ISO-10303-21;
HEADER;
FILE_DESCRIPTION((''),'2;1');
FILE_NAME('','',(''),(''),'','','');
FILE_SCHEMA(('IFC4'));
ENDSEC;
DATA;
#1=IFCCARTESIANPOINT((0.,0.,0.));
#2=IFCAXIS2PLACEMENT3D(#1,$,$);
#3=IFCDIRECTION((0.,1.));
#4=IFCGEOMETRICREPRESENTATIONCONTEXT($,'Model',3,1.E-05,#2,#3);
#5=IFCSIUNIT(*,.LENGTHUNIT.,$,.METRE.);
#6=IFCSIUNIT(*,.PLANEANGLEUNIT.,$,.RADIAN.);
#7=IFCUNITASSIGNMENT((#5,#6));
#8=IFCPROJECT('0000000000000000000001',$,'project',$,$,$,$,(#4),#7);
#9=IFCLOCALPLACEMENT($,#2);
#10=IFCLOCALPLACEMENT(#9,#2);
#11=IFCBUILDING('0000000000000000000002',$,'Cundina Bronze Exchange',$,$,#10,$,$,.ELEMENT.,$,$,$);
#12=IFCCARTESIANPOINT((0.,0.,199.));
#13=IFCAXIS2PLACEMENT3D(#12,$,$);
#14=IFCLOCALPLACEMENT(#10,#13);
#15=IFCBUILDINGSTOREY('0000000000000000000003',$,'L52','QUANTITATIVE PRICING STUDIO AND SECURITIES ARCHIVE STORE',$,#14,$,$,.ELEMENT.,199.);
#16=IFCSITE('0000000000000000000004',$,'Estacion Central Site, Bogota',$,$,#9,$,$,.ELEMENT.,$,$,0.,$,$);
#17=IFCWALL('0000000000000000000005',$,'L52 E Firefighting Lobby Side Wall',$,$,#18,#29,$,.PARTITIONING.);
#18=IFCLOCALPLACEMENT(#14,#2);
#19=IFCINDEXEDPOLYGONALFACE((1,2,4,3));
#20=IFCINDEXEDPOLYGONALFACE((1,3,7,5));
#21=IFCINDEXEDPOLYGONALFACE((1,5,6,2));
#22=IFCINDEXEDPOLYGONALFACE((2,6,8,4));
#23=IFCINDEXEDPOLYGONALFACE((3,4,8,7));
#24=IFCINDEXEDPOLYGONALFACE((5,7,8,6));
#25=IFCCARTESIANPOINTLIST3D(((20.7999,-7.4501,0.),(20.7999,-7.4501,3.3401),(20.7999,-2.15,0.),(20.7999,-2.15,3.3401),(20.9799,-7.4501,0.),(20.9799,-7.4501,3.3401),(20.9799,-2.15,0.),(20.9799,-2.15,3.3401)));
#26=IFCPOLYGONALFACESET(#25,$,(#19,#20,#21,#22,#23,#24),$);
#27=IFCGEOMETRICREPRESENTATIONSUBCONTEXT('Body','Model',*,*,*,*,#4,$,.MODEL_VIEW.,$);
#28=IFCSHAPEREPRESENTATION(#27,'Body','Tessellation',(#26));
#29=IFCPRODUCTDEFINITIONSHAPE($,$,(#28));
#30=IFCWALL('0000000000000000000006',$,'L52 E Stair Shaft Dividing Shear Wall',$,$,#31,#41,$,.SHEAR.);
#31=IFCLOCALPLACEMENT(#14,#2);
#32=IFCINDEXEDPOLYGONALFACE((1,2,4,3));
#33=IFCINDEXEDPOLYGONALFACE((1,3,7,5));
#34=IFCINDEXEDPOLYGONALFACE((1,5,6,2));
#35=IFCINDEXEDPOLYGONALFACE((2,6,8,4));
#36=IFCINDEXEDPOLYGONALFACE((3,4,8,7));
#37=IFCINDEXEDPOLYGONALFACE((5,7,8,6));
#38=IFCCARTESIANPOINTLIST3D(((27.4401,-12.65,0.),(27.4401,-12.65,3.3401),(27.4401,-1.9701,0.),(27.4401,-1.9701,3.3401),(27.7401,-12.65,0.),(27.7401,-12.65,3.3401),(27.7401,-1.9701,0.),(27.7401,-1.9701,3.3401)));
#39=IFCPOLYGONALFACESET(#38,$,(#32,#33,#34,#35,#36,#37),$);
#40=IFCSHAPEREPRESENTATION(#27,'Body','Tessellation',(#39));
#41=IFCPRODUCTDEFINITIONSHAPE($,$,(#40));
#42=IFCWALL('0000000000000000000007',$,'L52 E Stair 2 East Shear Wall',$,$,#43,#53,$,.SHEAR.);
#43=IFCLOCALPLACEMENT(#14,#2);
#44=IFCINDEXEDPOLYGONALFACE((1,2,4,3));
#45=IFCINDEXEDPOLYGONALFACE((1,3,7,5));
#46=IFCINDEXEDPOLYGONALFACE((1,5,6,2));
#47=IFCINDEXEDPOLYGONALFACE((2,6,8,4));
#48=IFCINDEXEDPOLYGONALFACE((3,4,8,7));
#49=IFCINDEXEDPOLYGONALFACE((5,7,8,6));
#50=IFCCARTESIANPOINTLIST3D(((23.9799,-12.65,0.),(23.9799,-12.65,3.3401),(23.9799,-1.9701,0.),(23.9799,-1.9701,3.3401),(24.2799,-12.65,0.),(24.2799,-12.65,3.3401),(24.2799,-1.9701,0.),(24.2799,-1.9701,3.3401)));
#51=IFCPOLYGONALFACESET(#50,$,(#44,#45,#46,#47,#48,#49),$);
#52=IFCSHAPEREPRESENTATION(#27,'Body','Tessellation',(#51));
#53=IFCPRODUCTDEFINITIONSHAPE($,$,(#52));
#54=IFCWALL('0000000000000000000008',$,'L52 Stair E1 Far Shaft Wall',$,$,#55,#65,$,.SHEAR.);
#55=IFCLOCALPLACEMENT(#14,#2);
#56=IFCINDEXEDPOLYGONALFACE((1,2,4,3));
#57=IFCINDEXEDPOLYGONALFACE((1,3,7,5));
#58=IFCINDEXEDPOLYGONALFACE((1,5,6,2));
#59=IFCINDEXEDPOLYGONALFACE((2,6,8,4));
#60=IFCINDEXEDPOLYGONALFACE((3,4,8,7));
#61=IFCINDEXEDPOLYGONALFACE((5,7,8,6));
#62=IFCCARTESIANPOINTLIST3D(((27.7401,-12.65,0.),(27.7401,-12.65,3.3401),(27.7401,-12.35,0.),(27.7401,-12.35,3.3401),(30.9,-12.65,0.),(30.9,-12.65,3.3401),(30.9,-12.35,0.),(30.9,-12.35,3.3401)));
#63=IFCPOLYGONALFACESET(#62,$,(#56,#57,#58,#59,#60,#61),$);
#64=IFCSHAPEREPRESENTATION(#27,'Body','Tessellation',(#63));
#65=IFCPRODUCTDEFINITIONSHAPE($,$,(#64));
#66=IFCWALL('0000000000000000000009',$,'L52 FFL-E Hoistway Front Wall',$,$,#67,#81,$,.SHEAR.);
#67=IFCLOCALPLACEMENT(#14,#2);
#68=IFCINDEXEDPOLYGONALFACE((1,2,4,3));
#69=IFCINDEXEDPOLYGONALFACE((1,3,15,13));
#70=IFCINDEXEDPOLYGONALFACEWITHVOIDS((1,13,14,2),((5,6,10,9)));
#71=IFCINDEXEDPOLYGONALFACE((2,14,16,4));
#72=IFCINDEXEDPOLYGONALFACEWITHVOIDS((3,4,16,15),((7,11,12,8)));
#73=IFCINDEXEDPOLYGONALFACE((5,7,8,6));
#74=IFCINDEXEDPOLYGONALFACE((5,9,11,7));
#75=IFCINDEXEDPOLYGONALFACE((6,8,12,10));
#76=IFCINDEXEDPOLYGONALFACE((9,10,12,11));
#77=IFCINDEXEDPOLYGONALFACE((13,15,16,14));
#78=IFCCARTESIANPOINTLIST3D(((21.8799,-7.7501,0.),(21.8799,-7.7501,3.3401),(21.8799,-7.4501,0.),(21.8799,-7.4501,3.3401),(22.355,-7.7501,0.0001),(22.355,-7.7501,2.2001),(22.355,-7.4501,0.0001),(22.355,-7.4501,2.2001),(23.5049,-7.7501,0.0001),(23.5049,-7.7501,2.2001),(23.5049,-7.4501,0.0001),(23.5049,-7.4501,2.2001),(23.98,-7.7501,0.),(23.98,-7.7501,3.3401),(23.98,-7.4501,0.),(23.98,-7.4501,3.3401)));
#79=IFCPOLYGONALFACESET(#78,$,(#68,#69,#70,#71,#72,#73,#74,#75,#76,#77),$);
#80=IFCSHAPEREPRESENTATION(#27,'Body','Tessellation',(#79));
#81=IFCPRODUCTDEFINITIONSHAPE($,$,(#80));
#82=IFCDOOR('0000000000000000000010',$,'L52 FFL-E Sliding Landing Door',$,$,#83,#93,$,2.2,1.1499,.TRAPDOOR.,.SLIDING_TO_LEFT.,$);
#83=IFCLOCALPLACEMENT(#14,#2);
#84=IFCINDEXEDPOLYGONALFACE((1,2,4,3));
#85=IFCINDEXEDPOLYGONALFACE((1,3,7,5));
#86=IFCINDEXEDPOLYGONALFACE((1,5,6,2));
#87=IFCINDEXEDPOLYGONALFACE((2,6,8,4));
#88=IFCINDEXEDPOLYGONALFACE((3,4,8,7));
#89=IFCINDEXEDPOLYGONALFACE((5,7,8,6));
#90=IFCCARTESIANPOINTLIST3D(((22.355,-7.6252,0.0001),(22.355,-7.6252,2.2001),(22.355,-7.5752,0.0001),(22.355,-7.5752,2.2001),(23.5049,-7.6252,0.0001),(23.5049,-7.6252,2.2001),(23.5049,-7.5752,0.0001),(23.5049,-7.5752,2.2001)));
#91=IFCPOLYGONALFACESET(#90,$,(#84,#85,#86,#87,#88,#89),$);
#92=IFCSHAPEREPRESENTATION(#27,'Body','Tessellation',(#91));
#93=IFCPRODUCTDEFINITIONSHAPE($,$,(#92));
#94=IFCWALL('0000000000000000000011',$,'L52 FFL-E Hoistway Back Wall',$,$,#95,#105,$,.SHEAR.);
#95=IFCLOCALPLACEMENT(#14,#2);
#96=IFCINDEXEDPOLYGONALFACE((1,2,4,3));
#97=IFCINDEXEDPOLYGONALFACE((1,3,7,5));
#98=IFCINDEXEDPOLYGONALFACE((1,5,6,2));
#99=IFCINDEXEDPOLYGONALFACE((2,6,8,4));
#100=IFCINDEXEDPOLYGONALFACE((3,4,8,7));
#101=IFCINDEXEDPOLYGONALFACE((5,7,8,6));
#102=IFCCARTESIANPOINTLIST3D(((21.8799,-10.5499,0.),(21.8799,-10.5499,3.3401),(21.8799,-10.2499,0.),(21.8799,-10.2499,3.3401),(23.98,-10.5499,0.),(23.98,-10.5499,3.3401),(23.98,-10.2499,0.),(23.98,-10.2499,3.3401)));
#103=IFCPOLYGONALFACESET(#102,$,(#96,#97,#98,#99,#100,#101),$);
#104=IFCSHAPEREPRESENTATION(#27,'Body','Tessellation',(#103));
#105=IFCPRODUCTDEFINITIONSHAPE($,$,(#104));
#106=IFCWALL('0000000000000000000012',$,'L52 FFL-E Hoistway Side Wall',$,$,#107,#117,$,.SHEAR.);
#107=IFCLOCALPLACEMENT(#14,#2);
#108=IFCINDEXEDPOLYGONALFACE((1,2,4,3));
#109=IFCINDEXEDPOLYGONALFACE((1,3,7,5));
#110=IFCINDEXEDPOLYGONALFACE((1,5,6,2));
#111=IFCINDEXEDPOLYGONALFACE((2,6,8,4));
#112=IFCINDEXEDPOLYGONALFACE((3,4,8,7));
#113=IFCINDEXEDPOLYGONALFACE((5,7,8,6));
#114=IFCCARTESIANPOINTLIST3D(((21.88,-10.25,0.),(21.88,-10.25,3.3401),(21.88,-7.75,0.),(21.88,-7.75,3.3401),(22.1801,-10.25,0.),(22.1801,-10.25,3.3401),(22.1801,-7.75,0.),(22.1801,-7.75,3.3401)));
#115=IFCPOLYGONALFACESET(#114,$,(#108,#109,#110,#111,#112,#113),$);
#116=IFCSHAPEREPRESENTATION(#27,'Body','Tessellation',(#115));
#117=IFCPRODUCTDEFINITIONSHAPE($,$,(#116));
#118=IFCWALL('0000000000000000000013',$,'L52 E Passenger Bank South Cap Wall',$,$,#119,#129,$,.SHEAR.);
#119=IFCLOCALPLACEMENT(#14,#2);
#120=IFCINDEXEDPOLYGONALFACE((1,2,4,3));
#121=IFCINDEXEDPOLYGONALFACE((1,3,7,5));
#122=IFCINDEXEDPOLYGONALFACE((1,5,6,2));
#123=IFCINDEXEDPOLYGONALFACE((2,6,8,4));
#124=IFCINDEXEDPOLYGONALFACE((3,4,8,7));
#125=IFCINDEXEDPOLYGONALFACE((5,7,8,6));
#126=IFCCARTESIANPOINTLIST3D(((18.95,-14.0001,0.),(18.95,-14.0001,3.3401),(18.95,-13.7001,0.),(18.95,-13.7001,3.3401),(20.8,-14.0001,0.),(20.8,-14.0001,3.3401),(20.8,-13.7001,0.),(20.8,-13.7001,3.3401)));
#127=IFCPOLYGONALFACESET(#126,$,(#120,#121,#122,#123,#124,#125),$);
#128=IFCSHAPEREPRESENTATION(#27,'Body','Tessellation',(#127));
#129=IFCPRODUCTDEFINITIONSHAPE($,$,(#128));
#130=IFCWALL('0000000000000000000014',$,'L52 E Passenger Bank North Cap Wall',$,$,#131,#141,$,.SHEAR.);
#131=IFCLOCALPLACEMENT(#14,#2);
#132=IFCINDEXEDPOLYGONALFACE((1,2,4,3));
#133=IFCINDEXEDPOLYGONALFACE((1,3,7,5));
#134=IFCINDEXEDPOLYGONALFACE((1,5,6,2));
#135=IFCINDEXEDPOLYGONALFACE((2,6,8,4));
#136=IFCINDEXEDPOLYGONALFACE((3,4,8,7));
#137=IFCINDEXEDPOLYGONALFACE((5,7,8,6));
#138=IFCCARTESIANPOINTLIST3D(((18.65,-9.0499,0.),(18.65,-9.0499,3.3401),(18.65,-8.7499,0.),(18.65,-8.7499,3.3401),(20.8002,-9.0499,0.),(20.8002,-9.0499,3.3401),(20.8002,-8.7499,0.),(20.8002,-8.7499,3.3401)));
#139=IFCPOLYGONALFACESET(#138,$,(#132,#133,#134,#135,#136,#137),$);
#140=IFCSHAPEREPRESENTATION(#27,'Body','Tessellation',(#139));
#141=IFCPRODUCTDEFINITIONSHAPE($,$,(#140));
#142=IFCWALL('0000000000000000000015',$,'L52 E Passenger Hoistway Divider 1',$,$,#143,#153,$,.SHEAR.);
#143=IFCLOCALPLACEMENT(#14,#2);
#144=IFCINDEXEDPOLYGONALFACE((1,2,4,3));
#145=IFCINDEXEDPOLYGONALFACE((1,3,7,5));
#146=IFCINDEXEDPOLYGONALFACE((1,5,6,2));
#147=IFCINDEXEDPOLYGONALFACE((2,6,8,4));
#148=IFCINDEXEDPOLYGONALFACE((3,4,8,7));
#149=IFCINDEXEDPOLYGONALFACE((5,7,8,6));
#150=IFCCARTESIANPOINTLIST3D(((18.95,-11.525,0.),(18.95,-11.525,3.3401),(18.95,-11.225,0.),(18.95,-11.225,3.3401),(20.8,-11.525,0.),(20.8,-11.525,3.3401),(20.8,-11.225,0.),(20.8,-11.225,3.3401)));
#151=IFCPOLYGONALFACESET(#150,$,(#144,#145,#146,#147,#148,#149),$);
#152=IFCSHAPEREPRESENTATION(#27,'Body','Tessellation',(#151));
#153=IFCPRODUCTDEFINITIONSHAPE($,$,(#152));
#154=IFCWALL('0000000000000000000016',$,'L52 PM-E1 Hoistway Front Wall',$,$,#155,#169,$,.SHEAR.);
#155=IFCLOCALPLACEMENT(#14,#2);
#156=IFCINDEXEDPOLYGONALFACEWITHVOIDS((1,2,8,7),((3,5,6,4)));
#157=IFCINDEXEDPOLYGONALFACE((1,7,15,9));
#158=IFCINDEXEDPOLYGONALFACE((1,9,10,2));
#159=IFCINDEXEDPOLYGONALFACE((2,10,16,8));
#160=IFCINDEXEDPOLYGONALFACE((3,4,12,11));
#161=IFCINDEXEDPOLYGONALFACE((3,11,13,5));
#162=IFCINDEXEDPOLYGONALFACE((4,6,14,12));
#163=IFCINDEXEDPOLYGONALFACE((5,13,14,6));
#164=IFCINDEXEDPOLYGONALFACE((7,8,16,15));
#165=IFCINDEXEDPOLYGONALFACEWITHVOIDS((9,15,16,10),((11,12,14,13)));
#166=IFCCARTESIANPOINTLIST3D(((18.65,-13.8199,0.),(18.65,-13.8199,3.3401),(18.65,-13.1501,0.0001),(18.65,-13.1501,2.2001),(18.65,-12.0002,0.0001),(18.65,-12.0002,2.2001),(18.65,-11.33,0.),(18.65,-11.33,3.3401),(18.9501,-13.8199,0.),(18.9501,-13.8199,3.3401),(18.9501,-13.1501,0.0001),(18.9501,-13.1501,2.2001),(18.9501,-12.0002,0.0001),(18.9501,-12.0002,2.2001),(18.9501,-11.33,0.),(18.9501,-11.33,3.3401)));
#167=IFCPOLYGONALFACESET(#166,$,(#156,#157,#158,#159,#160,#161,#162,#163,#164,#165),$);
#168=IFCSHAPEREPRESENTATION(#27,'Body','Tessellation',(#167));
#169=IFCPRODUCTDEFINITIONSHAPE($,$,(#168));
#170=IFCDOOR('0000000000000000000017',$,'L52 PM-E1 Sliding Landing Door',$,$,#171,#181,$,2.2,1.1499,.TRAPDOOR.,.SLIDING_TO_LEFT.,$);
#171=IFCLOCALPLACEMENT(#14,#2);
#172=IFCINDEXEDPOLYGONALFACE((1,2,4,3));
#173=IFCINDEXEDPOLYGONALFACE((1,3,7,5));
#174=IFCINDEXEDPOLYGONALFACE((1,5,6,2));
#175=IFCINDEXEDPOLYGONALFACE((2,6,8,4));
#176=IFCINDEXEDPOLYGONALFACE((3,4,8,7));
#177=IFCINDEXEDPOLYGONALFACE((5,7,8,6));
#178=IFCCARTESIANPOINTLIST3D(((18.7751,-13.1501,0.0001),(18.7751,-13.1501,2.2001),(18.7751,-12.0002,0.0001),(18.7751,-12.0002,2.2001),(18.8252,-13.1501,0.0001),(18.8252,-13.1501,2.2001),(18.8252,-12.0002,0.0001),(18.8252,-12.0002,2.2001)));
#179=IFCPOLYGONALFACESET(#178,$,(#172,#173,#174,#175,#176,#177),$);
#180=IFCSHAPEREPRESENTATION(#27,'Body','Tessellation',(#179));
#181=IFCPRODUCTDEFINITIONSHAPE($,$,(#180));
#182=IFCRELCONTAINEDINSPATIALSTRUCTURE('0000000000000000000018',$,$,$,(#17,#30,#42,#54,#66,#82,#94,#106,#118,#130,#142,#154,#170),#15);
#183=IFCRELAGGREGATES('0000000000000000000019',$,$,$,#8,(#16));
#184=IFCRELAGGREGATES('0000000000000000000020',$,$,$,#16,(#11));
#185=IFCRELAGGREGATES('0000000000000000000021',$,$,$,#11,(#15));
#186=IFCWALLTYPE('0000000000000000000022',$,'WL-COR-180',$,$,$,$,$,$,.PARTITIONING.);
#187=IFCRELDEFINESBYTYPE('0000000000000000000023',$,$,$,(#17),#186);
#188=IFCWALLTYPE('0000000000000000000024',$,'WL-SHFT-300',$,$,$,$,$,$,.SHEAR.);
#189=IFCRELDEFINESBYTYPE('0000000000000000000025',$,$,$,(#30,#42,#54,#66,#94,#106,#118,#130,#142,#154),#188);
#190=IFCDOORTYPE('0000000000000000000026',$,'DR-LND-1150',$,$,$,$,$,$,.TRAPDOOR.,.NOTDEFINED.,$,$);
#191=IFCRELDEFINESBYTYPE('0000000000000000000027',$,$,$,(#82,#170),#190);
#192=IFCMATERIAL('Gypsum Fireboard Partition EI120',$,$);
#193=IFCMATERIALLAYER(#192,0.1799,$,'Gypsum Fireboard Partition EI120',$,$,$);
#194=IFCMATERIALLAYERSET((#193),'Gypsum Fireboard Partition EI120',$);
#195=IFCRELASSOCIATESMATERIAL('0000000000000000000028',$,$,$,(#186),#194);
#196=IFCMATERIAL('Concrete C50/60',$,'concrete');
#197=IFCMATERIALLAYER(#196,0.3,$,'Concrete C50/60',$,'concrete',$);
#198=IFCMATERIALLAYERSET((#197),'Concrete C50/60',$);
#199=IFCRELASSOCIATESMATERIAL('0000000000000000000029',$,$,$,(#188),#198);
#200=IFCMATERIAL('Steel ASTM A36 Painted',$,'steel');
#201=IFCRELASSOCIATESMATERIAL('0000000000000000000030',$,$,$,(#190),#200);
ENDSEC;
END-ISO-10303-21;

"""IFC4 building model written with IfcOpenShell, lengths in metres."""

from ifc_helpers import new_model, si_unit, direction, frame, frame_2d, origin, place, context, subcontext, project, spatial, rectangle, extrude, material, layer, layer_set, type_object, element, fill, save


model = new_model("IFC4")

# Units and contexts
model_context = context("Model", 3, precision=1e-05, world=origin(), true_north=direction((0.0, 1.0)))
body_context = subcontext(model_context, "Body", "Model", "MODEL_VIEW")
ifc_project = project(units=[si_unit("LENGTHUNIT", "METRE"), si_unit("PLANEANGLEUNIT", "RADIAN")], contexts=[model_context])

# Site, building, storey
site_placement = place(None, origin())
site = spatial("IfcSite", under=ifc_project, at=site_placement, Name="Estacion Central Site, Bogota", CompositionType="ELEMENT", RefElevation=0.0)
building_placement = place(site_placement, origin())
building = spatial("IfcBuilding", under=site, at=building_placement, Name="Cundina Bronze Exchange", CompositionType="ELEMENT")
storey_placement = place(building_placement, frame((0.0, 0.0, 199.0)))
storey = spatial("IfcBuildingStorey", under=building, at=storey_placement, Name="L52", Description="QUANTITATIVE PRICING STUDIO AND SECURITIES ARCHIVE STORE", CompositionType="ELEMENT", Elevation=199.0)

# Shared definitions
ifc_material_1 = material(Name="Concrete C50/60", Category="concrete")

# Walls
ifc_material_2 = material(Name="Gypsum Fireboard Partition EI120")
ifc_layer_1 = layer(ifc_material_2, 0.1799, Name="Gypsum Fireboard Partition EI120")
ifc_layer_set_1 = layer_set([ifc_layer_1], Name="Gypsum Fireboard Partition EI120")
wall_type_1 = type_object("IfcWallType", Name="WL-COR-180", PredefinedType="PARTITIONING", material=ifc_layer_set_1)
wall_1_placement = place(storey_placement, frame((20.8899, -7.45, 0.0), z_axis=(0.0, 0.0, 1.0), x_axis=(0.0, 1.0, 0.0)))
element("IfcWall", 1, at=wall_1_placement, inside=storey, type_object=wall_type_1, Name="L52 E Firefighting Lobby Side Wall", PredefinedType="PARTITIONING", context=body_context, shape_type="SweptSolid", body=[
    extrude(rectangle(XDim=5.3, YDim=0.1799, at=frame_2d((2.6499, 0.0))), origin(), (0.0, 0.0, 1.0), 3.3401),
])
ifc_layer_2 = layer(ifc_material_1, 0.3, Name="Concrete C50/60", Category="concrete")
ifc_layer_set_2 = layer_set([ifc_layer_2], Name="Concrete C50/60")
wall_type_2 = type_object("IfcWallType", Name="WL-SHFT-300", PredefinedType="SHEAR", material=ifc_layer_set_2)
for number, where, z_axis, x_axis, name in (
    (2, (27.5901, -12.6499, 0.0), (0.0, 0.0, 1.0), (0.0, 1.0, 0.0), "L52 E Stair Shaft Dividing Shear Wall"),
    (3, (24.1299, -12.6499, 0.0), (0.0, 0.0, 1.0), (0.0, 1.0, 0.0), "L52 E Stair 2 East Shear Wall"),
):
    element("IfcWall", number, at=place(storey_placement, frame(where, z_axis=z_axis, x_axis=x_axis)), inside=storey, type_object=wall_type_2, Name=name, PredefinedType="SHEAR", context=body_context, shape_type="SweptSolid", body=[
        extrude(rectangle(XDim=10.6799, YDim=0.3, at=frame_2d((5.3398, 0.0))), origin(), (0.0, 0.0, 1.0), 3.3401),
    ])
wall_2_placement = place(storey_placement, frame((27.74, -12.5, 0.0), z_axis=(0.0, 0.0, 1.0), x_axis=(1.0, 0.0, 0.0)))
element("IfcWall", 4, at=wall_2_placement, inside=storey, type_object=wall_type_2, Name="L52 Stair E1 Far Shaft Wall", PredefinedType="SHEAR", context=body_context, shape_type="SweptSolid", body=[
    extrude(rectangle(XDim=3.1599, YDim=0.3, at=frame_2d((1.5801, 0.0))), origin(), (0.0, 0.0, 1.0), 3.3401),
])

# Wall, opening, door
ifc_material_3 = material(Name="Steel ASTM A36 Painted", Category="steel")
wall_3_placement = place(storey_placement, frame((21.8799, -7.6001, 0.0), z_axis=(0.0, 0.0, 1.0), x_axis=(1.0, 0.0, 0.0)))
wall_3 = element("IfcWall", 5, at=wall_3_placement, inside=storey, type_object=wall_type_2, Name="L52 FFL-E Hoistway Front Wall", PredefinedType="SHEAR", context=body_context, shape_type="SweptSolid", body=[
    extrude(rectangle(XDim=2.1001, YDim=0.3, at=frame_2d((1.05, 0.0))), origin(), (0.0, 0.0, 1.0), 3.3401),
])
opening_1_placement = place(wall_3_placement, frame((0.4751, 0.0, 0.0)))
opening_1 = element("IfcOpeningElement", 6, at=opening_1_placement, cuts=wall_3, PredefinedType="OPENING", context=body_context, shape_type="SweptSolid", body=[
    extrude(rectangle(XDim=1.1499, YDim=2.2, at=frame_2d((0.575, 1.1001))), frame((0.0, 0.1599, 0.0), z_axis=(0.0, -1.0, 0.0), x_axis=(1.0, 0.0, 0.0)), (0.0, 0.0, 1.0), 0.3201),
])
door_type_1 = type_object("IfcDoorType", Name="DR-LND-1150", OperationType="NOTDEFINED", PredefinedType="TRAPDOOR", material=ifc_material_3)
door_1_placement = place(opening_1_placement, origin())
door_1 = element("IfcDoor", 7, at=door_1_placement, inside=storey, type_object=door_type_1, Name="L52 FFL-E Sliding Landing Door", OperationType="SLIDING_TO_LEFT", OverallHeight=2.2, OverallWidth=1.1499, PredefinedType="TRAPDOOR", context=body_context, shape_type="SweptSolid", body=[
    extrude(rectangle(XDim=1.1499, YDim=2.2, at=frame_2d((0.575, 1.1001))), frame((0.0, 0.0249, 0.0), z_axis=(0.0, -1.0, 0.0), x_axis=(1.0, 0.0, 0.0)), (0.0, 0.0, 1.0), 0.05),
])
fill(opening_1, door_1)

# Walls
wall_4_placement = place(storey_placement, frame((21.8799, -10.3999, 0.0), z_axis=(0.0, 0.0, 1.0), x_axis=(1.0, 0.0, 0.0)))
element("IfcWall", 8, at=wall_4_placement, inside=storey, type_object=wall_type_2, Name="L52 FFL-E Hoistway Back Wall", PredefinedType="SHEAR", context=body_context, shape_type="SweptSolid", body=[
    extrude(rectangle(XDim=2.1001, YDim=0.3, at=frame_2d((1.05, 0.0))), origin(), (0.0, 0.0, 1.0), 3.3401),
])
wall_5_placement = place(storey_placement, frame((22.03, -10.25, 0.0), z_axis=(0.0, 0.0, 1.0), x_axis=(0.0, 1.0, 0.0)))
element("IfcWall", 9, at=wall_5_placement, inside=storey, type_object=wall_type_2, Name="L52 FFL-E Hoistway Side Wall", PredefinedType="SHEAR", context=body_context, shape_type="SweptSolid", body=[
    extrude(rectangle(XDim=2.5, YDim=0.3, at=frame_2d((1.25, 0.0))), origin(), (0.0, 0.0, 1.0), 3.3401),
])
wall_6_placement = place(storey_placement, frame((18.95, -13.8501, 0.0), z_axis=(0.0, 0.0, 1.0), x_axis=(1.0, 0.0, 0.0)))
element("IfcWall", 10, at=wall_6_placement, inside=storey, type_object=wall_type_2, Name="L52 E Passenger Bank South Cap Wall", PredefinedType="SHEAR", context=body_context, shape_type="SweptSolid", body=[
    extrude(rectangle(XDim=1.8501, YDim=0.3, at=frame_2d((0.925, 0.0))), origin(), (0.0, 0.0, 1.0), 3.3401),
])
wall_7_placement = place(storey_placement, frame((18.6499, -8.8999, 0.0), z_axis=(0.0, 0.0, 1.0), x_axis=(1.0, 0.0, 0.0)))
element("IfcWall", 11, at=wall_7_placement, inside=storey, type_object=wall_type_2, Name="L52 E Passenger Bank North Cap Wall", PredefinedType="SHEAR", context=body_context, shape_type="SweptSolid", body=[
    extrude(rectangle(XDim=2.1501, YDim=0.3, at=frame_2d((1.0752, 0.0))), origin(), (0.0, 0.0, 1.0), 3.3401),
])
wall_8_placement = place(storey_placement, frame((18.95, -11.375, 0.0), z_axis=(0.0, 0.0, 1.0), x_axis=(1.0, 0.0, 0.0)))
element("IfcWall", 12, at=wall_8_placement, inside=storey, type_object=wall_type_2, Name="L52 E Passenger Hoistway Divider 1", PredefinedType="SHEAR", context=body_context, shape_type="SweptSolid", body=[
    extrude(rectangle(XDim=1.8501, YDim=0.3, at=frame_2d((0.925, 0.0))), origin(), (0.0, 0.0, 1.0), 3.3401),
])

# Wall, opening, door
wall_9_placement = place(storey_placement, frame((18.8, -13.8201, 0.0), z_axis=(0.0, 0.0, 1.0), x_axis=(0.0, 1.0, 0.0)))
wall_9 = element("IfcWall", 13, at=wall_9_placement, inside=storey, type_object=wall_type_2, Name="L52 PM-E1 Hoistway Front Wall", PredefinedType="SHEAR", context=body_context, shape_type="SweptSolid", body=[
    extrude(rectangle(XDim=2.49, YDim=0.3, at=frame_2d((1.2451, 0.0))), origin(), (0.0, 0.0, 1.0), 3.3401),
])
opening_2_placement = place(wall_9_placement, frame((0.6699, 0.0, 0.0)))
opening_2 = element("IfcOpeningElement", 14, at=opening_2_placement, cuts=wall_9, PredefinedType="OPENING", context=body_context, shape_type="SweptSolid", body=[
    extrude(rectangle(XDim=1.1499, YDim=2.2, at=frame_2d((0.575, 1.1001))), frame((0.0, 0.1599, 0.0), z_axis=(0.0, -1.0, 0.0), x_axis=(1.0, 0.0, 0.0)), (0.0, 0.0, 1.0), 0.3201),
])
door_2_placement = place(opening_2_placement, origin())
door_2 = element("IfcDoor", 15, at=door_2_placement, inside=storey, type_object=door_type_1, Name="L52 PM-E1 Sliding Landing Door", OperationType="SLIDING_TO_LEFT", OverallHeight=2.2, OverallWidth=1.1499, PredefinedType="TRAPDOOR", context=body_context, shape_type="SweptSolid", body=[
    extrude(rectangle(XDim=1.1499, YDim=2.2, at=frame_2d((0.575, 1.1001))), frame((0.0, 0.0249, 0.0), z_axis=(0.0, -1.0, 0.0), x_axis=(1.0, 0.0, 0.0)), (0.0, 0.0, 1.0), 0.05),
])
fill(opening_2, door_2)

save(model, "model.ifc")
